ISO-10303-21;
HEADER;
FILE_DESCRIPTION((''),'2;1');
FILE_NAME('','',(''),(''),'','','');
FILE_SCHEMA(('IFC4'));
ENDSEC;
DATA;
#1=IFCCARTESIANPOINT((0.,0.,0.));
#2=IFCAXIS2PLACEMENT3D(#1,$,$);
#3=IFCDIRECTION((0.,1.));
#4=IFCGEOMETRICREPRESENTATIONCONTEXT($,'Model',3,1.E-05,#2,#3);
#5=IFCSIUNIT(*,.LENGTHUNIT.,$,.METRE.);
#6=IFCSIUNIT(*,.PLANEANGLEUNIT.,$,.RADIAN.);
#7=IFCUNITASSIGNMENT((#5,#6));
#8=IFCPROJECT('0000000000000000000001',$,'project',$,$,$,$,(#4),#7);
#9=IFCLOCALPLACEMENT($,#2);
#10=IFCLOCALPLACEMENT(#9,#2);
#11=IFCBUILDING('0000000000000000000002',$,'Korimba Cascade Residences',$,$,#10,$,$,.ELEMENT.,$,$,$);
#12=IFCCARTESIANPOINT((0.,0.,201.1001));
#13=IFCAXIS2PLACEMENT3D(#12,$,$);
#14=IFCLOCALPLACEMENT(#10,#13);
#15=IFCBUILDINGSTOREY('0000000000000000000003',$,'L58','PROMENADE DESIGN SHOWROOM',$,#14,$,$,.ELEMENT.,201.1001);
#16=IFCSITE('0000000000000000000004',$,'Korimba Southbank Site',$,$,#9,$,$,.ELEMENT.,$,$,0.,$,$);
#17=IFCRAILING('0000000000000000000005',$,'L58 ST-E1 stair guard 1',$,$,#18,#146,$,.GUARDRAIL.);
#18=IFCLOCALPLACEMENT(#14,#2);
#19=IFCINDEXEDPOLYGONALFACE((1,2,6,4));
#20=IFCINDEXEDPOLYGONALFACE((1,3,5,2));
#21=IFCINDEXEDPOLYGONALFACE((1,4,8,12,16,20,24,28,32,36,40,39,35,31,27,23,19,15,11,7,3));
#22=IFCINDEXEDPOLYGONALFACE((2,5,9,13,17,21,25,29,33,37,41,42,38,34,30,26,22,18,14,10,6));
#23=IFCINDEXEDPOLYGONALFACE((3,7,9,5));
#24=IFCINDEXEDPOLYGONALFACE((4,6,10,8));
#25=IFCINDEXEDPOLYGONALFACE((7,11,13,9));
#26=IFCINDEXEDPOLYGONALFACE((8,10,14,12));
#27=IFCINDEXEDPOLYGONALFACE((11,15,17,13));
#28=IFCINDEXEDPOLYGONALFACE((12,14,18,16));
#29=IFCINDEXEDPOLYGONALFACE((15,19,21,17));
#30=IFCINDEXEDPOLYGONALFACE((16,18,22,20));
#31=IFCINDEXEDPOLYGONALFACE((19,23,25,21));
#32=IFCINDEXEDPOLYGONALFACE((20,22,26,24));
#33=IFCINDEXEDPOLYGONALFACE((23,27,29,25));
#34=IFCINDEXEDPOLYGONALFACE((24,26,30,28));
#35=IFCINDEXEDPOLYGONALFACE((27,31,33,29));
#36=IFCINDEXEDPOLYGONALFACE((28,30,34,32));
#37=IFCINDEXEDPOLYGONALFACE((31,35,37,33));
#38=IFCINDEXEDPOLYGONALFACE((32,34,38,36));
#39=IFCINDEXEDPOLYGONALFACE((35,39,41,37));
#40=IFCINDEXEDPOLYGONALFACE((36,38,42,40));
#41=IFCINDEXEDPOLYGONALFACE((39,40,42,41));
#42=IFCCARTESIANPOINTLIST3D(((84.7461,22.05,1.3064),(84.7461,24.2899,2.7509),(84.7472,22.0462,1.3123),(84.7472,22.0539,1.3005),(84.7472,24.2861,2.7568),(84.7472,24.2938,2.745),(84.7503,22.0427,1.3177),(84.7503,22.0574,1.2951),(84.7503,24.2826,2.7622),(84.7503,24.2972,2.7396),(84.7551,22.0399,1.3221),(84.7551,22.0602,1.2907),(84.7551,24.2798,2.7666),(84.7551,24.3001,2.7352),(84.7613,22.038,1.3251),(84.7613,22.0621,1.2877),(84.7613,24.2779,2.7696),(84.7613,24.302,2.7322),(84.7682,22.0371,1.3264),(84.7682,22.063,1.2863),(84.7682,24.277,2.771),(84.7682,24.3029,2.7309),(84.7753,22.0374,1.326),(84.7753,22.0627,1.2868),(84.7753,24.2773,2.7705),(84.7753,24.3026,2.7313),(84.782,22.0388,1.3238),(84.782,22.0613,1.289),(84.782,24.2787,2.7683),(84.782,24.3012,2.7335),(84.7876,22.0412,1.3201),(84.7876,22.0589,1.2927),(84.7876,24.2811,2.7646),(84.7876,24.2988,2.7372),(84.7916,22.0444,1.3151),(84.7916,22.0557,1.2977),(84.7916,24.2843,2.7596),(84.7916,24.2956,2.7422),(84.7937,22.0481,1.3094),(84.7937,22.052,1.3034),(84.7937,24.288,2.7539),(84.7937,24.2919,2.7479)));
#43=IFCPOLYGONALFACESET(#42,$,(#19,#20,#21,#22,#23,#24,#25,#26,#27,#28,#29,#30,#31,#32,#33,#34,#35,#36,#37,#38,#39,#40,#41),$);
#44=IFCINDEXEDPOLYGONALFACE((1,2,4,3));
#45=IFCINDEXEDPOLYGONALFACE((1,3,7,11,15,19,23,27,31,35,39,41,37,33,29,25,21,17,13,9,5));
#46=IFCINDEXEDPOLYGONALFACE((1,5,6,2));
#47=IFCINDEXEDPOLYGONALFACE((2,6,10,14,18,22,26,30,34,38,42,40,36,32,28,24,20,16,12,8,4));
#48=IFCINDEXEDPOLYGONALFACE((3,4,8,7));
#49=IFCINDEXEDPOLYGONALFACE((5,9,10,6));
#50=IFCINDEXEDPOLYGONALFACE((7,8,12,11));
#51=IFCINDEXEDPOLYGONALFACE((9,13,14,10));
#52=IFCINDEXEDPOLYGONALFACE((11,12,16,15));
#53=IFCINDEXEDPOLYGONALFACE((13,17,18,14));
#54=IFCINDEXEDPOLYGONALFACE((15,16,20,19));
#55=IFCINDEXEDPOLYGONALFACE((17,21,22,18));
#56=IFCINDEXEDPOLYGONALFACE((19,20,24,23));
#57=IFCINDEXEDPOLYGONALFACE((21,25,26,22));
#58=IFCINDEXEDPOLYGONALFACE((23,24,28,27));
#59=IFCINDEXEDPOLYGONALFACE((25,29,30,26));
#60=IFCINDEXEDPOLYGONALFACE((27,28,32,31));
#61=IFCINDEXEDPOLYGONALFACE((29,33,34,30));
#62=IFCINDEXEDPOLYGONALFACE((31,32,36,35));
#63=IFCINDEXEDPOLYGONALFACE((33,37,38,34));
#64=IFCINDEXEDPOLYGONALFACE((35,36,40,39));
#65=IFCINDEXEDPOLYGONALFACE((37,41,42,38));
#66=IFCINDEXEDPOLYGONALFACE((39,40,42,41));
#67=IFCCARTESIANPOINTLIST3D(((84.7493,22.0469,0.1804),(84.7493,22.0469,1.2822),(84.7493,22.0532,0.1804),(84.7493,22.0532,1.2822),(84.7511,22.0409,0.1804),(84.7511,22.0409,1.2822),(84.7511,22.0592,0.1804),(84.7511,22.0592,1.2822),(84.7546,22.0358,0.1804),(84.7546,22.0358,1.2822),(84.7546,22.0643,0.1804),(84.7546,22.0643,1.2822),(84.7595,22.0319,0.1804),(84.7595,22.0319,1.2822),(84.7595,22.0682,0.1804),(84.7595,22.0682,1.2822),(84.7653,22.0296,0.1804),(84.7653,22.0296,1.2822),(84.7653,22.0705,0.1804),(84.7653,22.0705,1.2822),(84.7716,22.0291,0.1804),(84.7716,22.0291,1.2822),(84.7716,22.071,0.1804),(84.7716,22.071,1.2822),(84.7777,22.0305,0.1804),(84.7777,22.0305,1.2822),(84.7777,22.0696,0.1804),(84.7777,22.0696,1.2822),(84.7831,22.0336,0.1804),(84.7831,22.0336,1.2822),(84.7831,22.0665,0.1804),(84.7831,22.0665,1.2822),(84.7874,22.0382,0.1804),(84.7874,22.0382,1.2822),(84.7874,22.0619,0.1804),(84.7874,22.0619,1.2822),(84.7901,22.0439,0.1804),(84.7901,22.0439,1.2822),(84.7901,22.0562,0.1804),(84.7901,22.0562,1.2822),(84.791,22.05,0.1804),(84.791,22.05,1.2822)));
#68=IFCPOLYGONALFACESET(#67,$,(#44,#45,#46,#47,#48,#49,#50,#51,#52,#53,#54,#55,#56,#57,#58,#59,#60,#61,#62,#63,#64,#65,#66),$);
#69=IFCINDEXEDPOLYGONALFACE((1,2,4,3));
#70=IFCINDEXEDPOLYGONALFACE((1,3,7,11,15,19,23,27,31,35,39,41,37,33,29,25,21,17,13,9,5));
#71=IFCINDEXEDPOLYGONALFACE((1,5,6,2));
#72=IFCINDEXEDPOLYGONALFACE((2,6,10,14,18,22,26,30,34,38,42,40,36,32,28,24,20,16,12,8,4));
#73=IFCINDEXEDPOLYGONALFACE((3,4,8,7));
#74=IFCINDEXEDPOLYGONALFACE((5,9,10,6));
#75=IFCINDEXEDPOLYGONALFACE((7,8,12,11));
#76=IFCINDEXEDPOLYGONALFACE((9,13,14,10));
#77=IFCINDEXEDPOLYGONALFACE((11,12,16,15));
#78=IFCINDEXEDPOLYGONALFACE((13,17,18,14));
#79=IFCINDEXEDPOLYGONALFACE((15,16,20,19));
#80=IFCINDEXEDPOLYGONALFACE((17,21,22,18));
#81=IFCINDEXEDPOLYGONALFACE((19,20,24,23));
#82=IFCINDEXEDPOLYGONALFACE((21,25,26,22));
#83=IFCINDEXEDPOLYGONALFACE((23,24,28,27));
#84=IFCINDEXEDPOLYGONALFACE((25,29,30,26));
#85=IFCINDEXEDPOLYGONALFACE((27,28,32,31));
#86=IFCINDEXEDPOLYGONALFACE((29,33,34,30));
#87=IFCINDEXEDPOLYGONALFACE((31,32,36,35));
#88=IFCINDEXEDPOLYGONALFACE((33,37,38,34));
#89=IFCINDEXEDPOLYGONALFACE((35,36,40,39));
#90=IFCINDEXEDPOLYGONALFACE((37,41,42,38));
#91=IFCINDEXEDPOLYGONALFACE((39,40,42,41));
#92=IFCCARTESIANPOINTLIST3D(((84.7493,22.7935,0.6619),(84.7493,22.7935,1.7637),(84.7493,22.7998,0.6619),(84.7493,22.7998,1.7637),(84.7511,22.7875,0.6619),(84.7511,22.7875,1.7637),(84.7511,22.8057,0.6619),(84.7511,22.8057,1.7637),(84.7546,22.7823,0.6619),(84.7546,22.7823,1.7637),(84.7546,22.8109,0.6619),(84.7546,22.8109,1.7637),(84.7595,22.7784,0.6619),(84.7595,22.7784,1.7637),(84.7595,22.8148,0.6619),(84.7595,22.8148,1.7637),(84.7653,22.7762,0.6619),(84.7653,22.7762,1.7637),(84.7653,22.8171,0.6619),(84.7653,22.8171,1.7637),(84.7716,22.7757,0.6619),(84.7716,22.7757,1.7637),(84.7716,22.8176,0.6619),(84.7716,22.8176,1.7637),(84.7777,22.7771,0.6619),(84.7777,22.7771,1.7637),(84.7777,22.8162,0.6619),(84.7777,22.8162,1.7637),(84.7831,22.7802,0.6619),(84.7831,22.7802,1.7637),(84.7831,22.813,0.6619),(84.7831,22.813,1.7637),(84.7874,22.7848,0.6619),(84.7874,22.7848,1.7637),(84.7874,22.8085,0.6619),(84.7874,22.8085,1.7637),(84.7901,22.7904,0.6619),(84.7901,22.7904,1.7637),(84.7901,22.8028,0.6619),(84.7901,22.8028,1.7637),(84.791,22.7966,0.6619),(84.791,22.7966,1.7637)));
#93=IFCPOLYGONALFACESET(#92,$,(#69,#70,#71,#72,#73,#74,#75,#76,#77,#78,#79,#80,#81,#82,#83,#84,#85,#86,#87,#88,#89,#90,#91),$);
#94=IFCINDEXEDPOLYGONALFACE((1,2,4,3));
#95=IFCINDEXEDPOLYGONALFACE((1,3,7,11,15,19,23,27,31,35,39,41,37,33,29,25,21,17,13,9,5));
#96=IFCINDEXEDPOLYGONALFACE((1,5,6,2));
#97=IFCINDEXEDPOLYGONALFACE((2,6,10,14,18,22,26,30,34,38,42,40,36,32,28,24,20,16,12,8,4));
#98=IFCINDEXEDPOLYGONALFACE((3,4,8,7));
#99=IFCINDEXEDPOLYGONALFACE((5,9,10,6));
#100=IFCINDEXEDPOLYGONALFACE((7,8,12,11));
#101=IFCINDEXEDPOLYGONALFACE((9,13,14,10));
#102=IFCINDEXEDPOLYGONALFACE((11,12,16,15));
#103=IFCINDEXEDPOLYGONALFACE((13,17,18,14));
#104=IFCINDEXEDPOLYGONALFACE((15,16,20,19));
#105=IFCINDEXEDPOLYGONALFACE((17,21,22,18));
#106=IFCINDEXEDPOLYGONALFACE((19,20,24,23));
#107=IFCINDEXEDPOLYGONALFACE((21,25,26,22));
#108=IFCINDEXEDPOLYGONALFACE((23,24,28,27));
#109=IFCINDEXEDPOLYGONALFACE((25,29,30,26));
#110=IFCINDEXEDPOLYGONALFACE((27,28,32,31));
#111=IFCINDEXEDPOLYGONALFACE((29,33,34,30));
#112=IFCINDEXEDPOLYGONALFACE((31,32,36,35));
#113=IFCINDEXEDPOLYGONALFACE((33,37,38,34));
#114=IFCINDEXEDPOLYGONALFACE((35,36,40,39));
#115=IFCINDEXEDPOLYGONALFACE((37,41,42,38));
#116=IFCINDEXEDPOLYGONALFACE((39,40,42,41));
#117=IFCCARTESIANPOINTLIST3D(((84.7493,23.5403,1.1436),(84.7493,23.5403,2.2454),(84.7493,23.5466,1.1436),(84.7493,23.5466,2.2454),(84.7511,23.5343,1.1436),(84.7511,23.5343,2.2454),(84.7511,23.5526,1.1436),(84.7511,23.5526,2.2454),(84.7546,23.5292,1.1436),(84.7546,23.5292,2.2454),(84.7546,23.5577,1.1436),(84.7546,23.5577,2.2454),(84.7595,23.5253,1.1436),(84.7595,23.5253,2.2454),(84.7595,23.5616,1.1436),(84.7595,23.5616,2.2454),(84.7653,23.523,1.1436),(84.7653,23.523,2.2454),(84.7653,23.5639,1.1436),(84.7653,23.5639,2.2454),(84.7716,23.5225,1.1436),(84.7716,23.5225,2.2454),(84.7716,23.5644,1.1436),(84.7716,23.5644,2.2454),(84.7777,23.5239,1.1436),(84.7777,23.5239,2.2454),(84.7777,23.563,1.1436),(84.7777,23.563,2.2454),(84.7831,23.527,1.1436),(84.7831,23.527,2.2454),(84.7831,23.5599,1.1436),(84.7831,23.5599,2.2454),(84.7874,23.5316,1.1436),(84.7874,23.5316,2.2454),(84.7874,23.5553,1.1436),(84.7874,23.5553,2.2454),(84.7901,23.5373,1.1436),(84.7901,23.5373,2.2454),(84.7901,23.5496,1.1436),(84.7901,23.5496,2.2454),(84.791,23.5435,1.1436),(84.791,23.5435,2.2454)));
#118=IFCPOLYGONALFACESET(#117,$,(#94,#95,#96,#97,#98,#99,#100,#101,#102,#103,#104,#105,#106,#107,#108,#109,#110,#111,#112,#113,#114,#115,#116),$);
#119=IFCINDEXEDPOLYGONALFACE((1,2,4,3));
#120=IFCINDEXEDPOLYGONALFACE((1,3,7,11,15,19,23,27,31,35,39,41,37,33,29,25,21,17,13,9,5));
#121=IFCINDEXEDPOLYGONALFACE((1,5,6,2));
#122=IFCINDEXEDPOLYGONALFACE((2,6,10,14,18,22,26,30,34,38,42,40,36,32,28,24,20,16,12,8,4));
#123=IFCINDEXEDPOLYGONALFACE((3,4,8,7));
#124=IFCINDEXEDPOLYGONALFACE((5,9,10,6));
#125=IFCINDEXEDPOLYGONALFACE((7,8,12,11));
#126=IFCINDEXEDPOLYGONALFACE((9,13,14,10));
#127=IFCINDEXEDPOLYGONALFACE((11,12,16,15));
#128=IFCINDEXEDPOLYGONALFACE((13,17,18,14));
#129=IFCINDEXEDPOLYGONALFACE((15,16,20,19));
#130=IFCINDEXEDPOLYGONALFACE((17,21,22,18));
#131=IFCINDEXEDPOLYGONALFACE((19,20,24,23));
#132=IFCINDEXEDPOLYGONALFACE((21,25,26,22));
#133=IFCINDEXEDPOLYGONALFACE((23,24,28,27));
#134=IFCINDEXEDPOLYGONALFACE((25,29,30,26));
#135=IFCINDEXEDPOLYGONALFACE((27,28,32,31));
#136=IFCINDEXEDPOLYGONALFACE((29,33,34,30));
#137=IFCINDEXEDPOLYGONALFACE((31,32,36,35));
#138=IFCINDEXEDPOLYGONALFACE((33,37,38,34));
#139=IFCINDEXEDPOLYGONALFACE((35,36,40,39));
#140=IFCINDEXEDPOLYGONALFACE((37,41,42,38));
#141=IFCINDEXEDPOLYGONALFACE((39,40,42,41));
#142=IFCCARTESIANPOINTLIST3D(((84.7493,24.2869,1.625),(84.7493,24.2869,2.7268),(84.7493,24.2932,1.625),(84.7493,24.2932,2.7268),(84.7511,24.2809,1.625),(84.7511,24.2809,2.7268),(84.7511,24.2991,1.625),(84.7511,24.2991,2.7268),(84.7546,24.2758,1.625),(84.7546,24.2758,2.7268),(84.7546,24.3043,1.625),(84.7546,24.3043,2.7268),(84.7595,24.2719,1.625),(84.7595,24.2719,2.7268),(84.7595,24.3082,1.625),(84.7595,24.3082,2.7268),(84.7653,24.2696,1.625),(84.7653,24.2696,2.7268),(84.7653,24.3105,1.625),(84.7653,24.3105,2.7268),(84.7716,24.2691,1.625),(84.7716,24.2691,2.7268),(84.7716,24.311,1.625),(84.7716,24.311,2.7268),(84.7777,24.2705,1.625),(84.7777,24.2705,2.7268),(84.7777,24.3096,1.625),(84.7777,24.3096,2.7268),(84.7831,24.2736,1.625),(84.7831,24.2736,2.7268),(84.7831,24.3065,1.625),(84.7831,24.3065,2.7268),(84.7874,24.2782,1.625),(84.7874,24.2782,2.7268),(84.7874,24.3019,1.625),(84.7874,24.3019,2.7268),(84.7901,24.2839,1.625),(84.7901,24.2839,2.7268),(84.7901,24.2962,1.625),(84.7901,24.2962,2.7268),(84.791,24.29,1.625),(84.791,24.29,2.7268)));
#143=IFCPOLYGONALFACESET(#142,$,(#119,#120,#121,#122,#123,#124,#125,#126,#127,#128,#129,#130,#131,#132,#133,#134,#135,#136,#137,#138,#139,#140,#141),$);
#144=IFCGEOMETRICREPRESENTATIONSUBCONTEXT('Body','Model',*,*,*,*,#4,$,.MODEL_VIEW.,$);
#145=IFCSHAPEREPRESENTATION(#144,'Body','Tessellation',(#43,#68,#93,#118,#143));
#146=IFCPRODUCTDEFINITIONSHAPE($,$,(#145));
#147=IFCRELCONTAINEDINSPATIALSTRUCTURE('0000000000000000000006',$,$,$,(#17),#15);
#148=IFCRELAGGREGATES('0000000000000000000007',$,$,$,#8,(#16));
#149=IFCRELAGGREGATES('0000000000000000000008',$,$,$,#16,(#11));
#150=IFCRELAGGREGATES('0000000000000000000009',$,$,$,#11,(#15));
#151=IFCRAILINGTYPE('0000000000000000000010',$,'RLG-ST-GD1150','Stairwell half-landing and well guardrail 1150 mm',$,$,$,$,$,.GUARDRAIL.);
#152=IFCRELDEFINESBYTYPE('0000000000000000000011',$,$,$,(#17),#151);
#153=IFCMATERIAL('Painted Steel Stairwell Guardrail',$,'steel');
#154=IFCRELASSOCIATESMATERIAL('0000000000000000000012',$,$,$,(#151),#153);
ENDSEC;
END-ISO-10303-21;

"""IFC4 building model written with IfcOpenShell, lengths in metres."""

from ifc_helpers import new_model, si_unit, direction, frame, origin, origin_2d, place, context, subcontext, project, spatial, circle, extrude, material, type_object, element, save


model = new_model("IFC4")

# Units and contexts
model_context = context("Model", 3, precision=1e-05, world=origin(), true_north=direction((0.0, 1.0)))
body_context = subcontext(model_context, "Body", "Model", "MODEL_VIEW")
ifc_project = project(units=[si_unit("LENGTHUNIT", "METRE"), si_unit("PLANEANGLEUNIT", "RADIAN")], contexts=[model_context])

# Site, building, storey
site_placement = place(None, origin())
site = spatial("IfcSite", under=ifc_project, at=site_placement, Name="Korimba Southbank Site", CompositionType="ELEMENT", RefElevation=0.0)
building_placement = place(site_placement, origin())
building = spatial("IfcBuilding", under=site, at=building_placement, Name="Korimba Cascade Residences", CompositionType="ELEMENT")
storey_placement = place(building_placement, frame((0.0, 0.0, 201.1001)))
storey = spatial("IfcBuildingStorey", under=building, at=storey_placement, Name="L58", Description="PROMENADE DESIGN SHOWROOM", CompositionType="ELEMENT", Elevation=201.1001)

# Railing
ifc_material_1 = material(Name="Painted Steel Stairwell Guardrail", Category="steel")
railing_type_1 = type_object("IfcRailingType", Name="RLG-ST-GD1150", Description="Stairwell half-landing and well guardrail 1150 mm", PredefinedType="GUARDRAIL", material=ifc_material_1)
railing_1_placement = place(storey_placement, frame((84.77, 22.05, 0.1804)))
element("IfcRailing", 1, at=railing_1_placement, inside=storey, type_object=railing_type_1, Name="L58 ST-E1 stair guard 1", PredefinedType="GUARDRAIL", context=body_context, shape_type="SweptSolid", body=[
    extrude(circle(Radius=0.0239, at=origin_2d()), frame((0.0, 0.0, 1.126), z_axis=(0.0, 0.840395, 0.541975), x_axis=(-1.0, 0.0, 0.0)), (0.0, 0.0, 1.0), 2.6653),
    extrude(circle(Radius=0.021, at=origin_2d()), origin(), (0.0, 0.0, 1.0), 1.1018),
    extrude(circle(Radius=0.021, at=origin_2d()), frame((0.0, 0.7466, 0.4814)), (0.0, 0.0, 1.0), 1.1018),
    extrude(circle(Radius=0.021, at=origin_2d()), frame((0.0, 1.4934, 0.9631)), (0.0, 0.0, 1.0), 1.1018),
    extrude(circle(Radius=0.021, at=origin_2d()), frame((0.0, 2.24, 1.4446)), (0.0, 0.0, 1.0), 1.1018),
])

save(model, "model.ifc")
